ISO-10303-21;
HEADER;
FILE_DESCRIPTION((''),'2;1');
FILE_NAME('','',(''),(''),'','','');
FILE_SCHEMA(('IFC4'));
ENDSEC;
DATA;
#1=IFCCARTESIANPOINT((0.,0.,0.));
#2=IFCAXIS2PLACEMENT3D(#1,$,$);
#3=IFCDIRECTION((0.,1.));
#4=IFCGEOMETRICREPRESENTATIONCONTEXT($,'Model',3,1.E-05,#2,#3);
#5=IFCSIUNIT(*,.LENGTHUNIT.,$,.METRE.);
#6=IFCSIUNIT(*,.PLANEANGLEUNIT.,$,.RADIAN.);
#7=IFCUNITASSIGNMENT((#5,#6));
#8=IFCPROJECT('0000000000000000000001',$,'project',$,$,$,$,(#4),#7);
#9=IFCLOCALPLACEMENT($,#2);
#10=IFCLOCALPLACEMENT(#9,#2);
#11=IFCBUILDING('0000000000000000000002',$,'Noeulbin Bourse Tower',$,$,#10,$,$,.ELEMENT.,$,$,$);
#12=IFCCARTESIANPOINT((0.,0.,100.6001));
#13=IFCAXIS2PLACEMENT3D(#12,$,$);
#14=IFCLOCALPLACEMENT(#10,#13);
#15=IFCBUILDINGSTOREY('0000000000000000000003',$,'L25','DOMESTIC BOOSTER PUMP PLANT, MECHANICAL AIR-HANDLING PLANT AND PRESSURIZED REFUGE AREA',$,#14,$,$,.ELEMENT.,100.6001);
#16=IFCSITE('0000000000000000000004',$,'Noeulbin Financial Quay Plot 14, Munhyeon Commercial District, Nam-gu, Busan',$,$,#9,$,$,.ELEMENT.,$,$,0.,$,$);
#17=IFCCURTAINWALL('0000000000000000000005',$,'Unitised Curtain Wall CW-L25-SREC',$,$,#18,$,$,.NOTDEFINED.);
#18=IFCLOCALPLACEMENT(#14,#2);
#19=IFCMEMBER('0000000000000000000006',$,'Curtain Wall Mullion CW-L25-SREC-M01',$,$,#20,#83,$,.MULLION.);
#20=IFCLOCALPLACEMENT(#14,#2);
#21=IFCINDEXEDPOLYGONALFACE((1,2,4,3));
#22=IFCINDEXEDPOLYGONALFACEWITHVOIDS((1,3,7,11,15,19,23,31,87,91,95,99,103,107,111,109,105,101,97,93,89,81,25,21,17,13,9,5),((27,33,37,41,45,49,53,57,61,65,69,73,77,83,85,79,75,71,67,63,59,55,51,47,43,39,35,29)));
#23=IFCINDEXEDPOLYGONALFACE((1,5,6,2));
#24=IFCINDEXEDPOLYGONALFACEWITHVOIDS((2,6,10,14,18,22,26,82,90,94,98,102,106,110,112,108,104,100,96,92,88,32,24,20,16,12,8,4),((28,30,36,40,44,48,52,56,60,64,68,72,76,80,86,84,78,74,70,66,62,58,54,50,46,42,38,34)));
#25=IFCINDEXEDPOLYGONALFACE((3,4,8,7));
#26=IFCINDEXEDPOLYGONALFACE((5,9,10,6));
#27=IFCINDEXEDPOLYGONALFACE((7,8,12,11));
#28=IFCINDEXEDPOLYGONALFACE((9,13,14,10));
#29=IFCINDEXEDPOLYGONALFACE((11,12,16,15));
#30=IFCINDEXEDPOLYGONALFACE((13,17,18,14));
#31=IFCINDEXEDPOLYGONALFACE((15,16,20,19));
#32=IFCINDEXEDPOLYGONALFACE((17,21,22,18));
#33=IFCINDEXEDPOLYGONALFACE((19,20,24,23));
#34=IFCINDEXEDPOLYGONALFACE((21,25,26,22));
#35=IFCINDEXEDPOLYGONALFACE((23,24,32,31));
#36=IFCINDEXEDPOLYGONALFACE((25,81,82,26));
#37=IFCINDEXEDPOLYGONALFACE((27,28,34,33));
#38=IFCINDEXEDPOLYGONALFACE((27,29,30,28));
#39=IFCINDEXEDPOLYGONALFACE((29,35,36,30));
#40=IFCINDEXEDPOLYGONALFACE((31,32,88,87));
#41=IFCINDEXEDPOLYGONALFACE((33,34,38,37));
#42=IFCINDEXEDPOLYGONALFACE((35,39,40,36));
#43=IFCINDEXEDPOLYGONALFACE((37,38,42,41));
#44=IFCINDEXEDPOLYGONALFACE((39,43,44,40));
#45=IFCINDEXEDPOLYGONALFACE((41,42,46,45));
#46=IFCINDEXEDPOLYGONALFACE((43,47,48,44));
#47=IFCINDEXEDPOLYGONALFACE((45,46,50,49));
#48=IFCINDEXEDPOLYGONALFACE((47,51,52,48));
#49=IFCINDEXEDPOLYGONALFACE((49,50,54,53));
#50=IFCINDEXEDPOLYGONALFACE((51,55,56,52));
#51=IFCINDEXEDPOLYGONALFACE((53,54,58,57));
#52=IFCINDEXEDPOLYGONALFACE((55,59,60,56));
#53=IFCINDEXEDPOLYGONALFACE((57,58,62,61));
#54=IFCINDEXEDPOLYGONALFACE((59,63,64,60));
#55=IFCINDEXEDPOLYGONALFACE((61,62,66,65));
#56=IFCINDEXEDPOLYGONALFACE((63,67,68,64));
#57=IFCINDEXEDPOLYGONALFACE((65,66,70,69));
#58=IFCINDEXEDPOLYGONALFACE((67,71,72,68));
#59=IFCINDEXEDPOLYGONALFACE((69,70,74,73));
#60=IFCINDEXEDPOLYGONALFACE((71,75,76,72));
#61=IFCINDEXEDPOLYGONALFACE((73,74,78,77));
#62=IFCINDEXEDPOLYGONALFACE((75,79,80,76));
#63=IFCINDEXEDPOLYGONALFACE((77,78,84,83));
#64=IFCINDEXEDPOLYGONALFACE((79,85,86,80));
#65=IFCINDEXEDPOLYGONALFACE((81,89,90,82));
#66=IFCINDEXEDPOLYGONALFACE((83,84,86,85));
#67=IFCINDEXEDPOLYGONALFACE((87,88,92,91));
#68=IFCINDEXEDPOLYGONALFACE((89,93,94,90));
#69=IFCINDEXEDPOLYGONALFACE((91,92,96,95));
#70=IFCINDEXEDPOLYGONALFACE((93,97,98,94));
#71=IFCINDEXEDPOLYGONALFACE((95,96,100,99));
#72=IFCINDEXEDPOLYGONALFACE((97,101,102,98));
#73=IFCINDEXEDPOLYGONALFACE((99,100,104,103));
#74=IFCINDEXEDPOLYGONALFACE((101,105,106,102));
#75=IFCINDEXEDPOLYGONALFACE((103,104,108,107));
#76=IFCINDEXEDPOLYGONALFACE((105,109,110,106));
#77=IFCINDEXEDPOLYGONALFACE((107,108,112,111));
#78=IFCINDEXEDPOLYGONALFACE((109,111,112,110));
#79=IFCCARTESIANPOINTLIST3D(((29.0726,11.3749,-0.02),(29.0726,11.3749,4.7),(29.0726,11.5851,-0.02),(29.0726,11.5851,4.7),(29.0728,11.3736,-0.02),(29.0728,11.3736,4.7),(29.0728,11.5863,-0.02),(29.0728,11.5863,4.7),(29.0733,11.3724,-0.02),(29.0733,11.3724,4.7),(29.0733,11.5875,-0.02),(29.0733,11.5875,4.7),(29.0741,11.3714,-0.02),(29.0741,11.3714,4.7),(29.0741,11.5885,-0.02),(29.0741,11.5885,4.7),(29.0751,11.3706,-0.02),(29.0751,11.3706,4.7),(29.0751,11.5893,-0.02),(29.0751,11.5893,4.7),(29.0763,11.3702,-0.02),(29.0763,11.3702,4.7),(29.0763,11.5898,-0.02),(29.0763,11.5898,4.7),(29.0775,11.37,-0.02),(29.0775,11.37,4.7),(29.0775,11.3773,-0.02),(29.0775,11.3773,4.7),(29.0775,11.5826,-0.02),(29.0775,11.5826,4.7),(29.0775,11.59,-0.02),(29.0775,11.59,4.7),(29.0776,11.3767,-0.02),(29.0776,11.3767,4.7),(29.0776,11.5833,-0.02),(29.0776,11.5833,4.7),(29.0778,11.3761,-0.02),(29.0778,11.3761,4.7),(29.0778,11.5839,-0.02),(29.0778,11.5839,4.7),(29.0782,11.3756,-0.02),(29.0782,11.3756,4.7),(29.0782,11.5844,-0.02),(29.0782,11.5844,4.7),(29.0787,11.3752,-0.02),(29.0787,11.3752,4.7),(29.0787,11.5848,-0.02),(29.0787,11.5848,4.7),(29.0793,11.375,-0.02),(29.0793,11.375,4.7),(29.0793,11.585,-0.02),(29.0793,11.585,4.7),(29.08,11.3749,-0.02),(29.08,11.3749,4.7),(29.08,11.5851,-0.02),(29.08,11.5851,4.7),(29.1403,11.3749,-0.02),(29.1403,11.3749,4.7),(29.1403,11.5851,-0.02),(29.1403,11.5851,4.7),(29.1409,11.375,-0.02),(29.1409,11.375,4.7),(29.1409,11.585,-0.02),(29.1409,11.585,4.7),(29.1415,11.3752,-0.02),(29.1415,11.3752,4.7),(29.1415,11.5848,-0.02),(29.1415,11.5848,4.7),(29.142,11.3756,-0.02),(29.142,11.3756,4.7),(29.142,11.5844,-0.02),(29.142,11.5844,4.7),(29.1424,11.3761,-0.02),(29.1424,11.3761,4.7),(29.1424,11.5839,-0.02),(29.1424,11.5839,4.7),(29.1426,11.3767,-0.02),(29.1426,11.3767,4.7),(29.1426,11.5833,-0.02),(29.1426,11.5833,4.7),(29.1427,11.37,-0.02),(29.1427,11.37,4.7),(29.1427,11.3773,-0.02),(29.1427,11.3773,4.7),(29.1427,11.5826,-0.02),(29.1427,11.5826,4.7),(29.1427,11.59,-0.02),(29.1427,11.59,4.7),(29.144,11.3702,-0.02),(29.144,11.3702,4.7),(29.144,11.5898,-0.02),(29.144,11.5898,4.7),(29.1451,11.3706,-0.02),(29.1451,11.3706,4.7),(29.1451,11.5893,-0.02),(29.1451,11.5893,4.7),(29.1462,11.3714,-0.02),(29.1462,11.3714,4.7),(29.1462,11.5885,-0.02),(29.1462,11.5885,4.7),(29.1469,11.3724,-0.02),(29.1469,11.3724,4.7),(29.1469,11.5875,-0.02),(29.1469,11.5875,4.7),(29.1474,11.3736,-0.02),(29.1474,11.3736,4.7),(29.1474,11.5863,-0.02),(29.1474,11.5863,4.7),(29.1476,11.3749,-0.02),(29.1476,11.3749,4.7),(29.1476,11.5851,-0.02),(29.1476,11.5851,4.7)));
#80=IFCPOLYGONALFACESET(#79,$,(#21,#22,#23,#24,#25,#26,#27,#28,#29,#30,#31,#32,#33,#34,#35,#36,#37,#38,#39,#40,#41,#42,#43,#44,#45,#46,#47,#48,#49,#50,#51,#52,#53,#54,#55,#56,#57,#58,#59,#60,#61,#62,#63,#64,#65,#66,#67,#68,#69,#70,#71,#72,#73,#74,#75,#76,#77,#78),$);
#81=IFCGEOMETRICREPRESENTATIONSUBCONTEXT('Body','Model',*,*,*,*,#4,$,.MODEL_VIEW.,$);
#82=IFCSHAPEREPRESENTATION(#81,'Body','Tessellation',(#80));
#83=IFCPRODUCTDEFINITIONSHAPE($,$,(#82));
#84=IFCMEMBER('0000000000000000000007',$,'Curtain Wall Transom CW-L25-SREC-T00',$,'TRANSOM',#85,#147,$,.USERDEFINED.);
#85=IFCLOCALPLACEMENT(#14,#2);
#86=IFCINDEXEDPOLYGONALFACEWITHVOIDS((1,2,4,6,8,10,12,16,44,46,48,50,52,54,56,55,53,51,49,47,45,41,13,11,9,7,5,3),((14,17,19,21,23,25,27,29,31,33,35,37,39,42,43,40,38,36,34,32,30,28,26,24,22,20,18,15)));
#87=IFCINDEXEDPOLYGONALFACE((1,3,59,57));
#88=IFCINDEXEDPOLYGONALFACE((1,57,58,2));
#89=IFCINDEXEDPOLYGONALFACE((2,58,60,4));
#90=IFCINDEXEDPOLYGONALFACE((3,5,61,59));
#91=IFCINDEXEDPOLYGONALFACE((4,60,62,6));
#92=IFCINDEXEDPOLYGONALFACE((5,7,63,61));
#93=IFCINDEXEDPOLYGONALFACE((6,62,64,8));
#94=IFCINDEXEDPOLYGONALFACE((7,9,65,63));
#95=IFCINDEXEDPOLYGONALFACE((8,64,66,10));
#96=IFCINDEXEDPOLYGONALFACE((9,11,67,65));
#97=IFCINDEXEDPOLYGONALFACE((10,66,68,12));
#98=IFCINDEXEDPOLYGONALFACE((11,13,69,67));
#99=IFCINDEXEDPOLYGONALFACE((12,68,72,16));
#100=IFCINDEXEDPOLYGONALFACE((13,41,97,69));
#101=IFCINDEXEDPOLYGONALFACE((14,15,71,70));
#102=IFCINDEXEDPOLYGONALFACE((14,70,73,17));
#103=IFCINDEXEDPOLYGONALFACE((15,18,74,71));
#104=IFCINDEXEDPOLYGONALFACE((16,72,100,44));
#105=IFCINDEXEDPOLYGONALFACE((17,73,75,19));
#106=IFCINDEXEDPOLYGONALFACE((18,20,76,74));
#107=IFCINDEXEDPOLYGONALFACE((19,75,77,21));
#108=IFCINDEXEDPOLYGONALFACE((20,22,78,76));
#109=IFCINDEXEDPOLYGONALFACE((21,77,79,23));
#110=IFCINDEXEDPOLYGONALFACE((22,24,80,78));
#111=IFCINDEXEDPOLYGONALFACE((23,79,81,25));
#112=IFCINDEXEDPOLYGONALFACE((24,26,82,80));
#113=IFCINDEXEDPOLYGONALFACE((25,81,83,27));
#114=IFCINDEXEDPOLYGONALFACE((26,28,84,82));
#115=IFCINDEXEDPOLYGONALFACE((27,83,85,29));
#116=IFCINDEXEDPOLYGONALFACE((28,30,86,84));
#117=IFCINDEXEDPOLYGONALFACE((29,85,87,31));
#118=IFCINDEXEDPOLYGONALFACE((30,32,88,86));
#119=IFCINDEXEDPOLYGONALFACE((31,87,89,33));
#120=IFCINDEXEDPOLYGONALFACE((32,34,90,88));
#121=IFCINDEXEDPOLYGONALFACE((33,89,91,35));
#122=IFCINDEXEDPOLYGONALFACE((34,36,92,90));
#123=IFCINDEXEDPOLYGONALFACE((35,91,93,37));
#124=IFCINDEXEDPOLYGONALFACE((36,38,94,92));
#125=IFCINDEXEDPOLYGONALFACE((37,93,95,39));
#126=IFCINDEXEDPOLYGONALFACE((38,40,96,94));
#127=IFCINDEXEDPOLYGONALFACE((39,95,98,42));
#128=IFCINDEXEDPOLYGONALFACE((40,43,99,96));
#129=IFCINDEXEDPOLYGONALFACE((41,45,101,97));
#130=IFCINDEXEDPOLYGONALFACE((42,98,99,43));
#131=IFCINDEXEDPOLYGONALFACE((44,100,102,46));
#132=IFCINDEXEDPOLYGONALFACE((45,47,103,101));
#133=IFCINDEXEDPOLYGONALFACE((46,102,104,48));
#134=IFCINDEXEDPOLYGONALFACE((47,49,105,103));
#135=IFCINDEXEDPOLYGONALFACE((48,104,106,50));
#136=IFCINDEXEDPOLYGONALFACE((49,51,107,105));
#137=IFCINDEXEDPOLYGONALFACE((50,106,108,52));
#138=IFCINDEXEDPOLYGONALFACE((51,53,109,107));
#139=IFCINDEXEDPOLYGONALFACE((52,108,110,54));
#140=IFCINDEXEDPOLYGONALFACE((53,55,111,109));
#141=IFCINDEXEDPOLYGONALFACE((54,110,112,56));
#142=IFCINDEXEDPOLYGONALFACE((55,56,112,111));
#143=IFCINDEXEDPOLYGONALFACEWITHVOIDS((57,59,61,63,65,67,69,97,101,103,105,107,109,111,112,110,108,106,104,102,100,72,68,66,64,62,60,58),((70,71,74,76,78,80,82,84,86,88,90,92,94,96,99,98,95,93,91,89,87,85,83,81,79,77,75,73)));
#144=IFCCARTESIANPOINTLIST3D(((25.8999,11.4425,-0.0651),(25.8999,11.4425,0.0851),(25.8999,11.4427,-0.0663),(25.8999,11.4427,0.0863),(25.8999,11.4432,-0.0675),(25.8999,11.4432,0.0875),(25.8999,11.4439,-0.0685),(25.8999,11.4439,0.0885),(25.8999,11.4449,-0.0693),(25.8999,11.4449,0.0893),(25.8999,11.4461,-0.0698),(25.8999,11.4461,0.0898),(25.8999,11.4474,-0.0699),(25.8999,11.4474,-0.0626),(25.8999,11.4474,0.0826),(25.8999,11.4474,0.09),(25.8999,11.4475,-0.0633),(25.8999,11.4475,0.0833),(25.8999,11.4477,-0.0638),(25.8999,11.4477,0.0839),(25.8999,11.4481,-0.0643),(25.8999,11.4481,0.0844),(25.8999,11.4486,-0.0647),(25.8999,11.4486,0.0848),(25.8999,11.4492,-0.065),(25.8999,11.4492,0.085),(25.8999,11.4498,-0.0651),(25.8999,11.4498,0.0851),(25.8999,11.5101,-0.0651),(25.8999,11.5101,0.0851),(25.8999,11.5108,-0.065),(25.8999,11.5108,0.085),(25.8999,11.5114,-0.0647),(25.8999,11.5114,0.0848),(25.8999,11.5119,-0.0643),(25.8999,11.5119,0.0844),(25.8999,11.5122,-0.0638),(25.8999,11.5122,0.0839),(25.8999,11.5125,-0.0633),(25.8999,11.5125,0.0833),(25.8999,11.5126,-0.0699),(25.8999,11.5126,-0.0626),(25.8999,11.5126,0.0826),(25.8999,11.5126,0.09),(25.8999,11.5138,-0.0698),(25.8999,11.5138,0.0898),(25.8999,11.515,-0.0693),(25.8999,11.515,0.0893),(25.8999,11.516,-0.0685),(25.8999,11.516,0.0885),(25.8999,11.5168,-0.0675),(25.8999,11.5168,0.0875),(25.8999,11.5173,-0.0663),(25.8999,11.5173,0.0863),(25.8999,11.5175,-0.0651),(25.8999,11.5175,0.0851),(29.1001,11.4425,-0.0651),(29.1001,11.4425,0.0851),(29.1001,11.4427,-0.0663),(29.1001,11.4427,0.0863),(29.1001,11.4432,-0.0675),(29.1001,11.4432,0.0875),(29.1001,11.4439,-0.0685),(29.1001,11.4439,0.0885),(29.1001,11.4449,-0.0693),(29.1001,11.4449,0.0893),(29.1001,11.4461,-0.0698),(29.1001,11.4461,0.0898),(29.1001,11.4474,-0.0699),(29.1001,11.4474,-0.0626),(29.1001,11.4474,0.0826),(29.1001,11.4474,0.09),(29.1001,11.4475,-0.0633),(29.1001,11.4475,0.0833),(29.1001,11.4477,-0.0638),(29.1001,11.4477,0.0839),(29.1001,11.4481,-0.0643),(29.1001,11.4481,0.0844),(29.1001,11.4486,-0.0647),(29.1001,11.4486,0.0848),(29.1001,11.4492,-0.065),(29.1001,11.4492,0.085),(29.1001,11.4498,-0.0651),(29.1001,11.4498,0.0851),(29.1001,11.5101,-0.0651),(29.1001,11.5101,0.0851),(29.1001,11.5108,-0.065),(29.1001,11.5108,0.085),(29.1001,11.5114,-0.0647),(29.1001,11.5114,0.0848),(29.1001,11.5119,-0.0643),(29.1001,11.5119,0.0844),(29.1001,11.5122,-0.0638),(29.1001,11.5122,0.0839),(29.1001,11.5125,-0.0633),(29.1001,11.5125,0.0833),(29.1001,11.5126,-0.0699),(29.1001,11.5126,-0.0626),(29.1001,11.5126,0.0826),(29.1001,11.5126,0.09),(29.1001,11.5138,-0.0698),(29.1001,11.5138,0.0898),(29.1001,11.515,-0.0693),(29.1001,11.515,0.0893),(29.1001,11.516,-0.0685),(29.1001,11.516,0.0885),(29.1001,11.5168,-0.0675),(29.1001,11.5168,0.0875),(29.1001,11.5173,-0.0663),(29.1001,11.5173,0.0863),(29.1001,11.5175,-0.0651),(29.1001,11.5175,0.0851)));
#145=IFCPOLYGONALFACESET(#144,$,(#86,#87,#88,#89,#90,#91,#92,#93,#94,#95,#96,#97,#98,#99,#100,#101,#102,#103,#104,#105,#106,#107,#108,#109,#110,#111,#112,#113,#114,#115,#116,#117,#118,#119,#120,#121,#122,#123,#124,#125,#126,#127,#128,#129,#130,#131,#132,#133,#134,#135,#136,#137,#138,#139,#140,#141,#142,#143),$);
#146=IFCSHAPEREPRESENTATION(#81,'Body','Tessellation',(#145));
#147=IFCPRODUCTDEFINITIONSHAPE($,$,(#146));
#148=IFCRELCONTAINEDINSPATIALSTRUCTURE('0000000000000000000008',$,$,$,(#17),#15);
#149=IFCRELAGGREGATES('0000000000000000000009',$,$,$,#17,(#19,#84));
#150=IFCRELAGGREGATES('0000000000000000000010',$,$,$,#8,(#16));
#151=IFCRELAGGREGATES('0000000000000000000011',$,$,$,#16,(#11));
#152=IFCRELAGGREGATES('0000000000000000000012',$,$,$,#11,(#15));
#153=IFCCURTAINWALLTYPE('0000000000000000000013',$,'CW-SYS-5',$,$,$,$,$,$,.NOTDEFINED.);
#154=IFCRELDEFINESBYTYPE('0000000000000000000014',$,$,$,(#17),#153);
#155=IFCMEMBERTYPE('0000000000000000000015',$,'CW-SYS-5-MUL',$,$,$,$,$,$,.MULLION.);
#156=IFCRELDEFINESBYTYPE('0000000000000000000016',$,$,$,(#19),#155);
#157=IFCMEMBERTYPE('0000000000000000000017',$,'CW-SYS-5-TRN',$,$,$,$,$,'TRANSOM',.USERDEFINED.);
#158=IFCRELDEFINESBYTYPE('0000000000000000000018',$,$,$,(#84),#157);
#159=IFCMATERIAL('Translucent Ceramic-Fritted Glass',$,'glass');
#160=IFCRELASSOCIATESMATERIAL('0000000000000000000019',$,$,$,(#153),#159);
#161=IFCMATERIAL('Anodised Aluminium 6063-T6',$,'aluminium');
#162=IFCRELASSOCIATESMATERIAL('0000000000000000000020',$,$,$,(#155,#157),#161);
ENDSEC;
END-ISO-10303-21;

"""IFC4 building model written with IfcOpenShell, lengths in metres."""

from ifc_helpers import new_model, si_unit, direction, frame, origin, origin_2d, place, context, subcontext, project, spatial, hollow_rectangle, extrude, material, material_profile, profile_set, type_object, element, aggregate, save


model = new_model("IFC4")

# Units and contexts
model_context = context("Model", 3, precision=1e-05, world=origin(), true_north=direction((0.0, 1.0)))
body_context = subcontext(model_context, "Body", "Model", "MODEL_VIEW")
ifc_project = project(units=[si_unit("LENGTHUNIT", "METRE"), si_unit("PLANEANGLEUNIT", "RADIAN")], contexts=[model_context])

# Site, building, storey
site_placement = place(None, origin())
site = spatial("IfcSite", under=ifc_project, at=site_placement, Name="Noeulbin Financial Quay Plot 14, Munhyeon Commercial District, Nam-gu, Busan", CompositionType="ELEMENT", RefElevation=0.0)
building_placement = place(site_placement, origin())
building = spatial("IfcBuilding", under=site, at=building_placement, Name="Noeulbin Bourse Tower", CompositionType="ELEMENT")
storey_placement = place(building_placement, frame((0.0, 0.0, 100.6001)))
storey = spatial("IfcBuildingStorey", under=building, at=storey_placement, Name="L25", Description="DOMESTIC BOOSTER PUMP PLANT, MECHANICAL AIR-HANDLING PLANT AND PRESSURIZED REFUGE AREA", CompositionType="ELEMENT", Elevation=100.6001)

# Curtain wall, members
ifc_material_1 = material(Name="Translucent Ceramic-Fritted Glass", Category="glass")
curtain_wall_type = type_object("IfcCurtainWallType", Name="CW-SYS-5", PredefinedType="NOTDEFINED", material=ifc_material_1)
curtain_wall_placement = place(storey_placement, origin())
curtain_wall = element("IfcCurtainWall", 1, at=curtain_wall_placement, inside=storey, type_object=curtain_wall_type, Name="Unitised Curtain Wall CW-L25-SREC", PredefinedType="NOTDEFINED")
ifc_material_2 = material(Name="Anodised Aluminium 6063-T6", Category="aluminium")
ifc_material_profile_1 = material_profile(ifc_material_2, hollow_rectangle(XDim=0.075, YDim=0.22, WallThickness=0.0049, InnerFilletRadius=0.0024, OuterFilletRadius=0.0049, at=origin_2d()), Name="ALU-MULL-75x220x5", Category="LoadBearing")
ifc_profile_set_1 = profile_set([ifc_material_profile_1], Name="Anodised Aluminium 6063-T6")
member_type_1 = type_object("IfcMemberType", Name="CW-SYS-5-MUL", PredefinedType="MULLION", material=ifc_profile_set_1)
member_1_placement = place(storey_placement, frame((29.1101, 11.48, -0.02), z_axis=(0.0, 0.0, 1.0), x_axis=(1.0, 0.0, 0.0)))
member_1 = element("IfcMember", 2, at=member_1_placement, type_object=member_type_1, Name="Curtain Wall Mullion CW-L25-SREC-M01", PredefinedType="MULLION", context=body_context, shape_type="SweptSolid", body=[
    extrude(hollow_rectangle(XDim=0.075, YDim=0.22, WallThickness=0.0049, InnerFilletRadius=0.0024, OuterFilletRadius=0.0049, at=origin_2d()), origin(), (0.0, 0.0, 1.0), 4.72),
])
ifc_material_profile_2 = material_profile(ifc_material_2, hollow_rectangle(XDim=0.075, YDim=0.1599, WallThickness=0.0049, InnerFilletRadius=0.0024, OuterFilletRadius=0.0049, at=origin_2d()), Name="ALU-TRAN-75x160x5", Category="LoadBearing")
ifc_profile_set_2 = profile_set([ifc_material_profile_2], Name="Anodised Aluminium 6063-T6")
member_type_2 = type_object("IfcMemberType", Name="CW-SYS-5-TRN", ElementType="TRANSOM", PredefinedType="USERDEFINED", material=ifc_profile_set_2)
member_2_placement = place(storey_placement, frame((25.8999, 11.48, 0.01), z_axis=(1.0, 0.0, 0.0), x_axis=(0.0, 1.0, 0.0)))
member_2 = element("IfcMember", 3, at=member_2_placement, type_object=member_type_2, Name="Curtain Wall Transom CW-L25-SREC-T00", ObjectType="TRANSOM", PredefinedType="USERDEFINED", context=body_context, shape_type="SweptSolid", body=[
    extrude(hollow_rectangle(XDim=0.075, YDim=0.1599, WallThickness=0.0049, InnerFilletRadius=0.0024, OuterFilletRadius=0.0049, at=origin_2d()), origin(), (0.0, 0.0, 1.0), 3.2002),
])

aggregate(curtain_wall, [member_1, member_2])

save(model, "model.ifc")
